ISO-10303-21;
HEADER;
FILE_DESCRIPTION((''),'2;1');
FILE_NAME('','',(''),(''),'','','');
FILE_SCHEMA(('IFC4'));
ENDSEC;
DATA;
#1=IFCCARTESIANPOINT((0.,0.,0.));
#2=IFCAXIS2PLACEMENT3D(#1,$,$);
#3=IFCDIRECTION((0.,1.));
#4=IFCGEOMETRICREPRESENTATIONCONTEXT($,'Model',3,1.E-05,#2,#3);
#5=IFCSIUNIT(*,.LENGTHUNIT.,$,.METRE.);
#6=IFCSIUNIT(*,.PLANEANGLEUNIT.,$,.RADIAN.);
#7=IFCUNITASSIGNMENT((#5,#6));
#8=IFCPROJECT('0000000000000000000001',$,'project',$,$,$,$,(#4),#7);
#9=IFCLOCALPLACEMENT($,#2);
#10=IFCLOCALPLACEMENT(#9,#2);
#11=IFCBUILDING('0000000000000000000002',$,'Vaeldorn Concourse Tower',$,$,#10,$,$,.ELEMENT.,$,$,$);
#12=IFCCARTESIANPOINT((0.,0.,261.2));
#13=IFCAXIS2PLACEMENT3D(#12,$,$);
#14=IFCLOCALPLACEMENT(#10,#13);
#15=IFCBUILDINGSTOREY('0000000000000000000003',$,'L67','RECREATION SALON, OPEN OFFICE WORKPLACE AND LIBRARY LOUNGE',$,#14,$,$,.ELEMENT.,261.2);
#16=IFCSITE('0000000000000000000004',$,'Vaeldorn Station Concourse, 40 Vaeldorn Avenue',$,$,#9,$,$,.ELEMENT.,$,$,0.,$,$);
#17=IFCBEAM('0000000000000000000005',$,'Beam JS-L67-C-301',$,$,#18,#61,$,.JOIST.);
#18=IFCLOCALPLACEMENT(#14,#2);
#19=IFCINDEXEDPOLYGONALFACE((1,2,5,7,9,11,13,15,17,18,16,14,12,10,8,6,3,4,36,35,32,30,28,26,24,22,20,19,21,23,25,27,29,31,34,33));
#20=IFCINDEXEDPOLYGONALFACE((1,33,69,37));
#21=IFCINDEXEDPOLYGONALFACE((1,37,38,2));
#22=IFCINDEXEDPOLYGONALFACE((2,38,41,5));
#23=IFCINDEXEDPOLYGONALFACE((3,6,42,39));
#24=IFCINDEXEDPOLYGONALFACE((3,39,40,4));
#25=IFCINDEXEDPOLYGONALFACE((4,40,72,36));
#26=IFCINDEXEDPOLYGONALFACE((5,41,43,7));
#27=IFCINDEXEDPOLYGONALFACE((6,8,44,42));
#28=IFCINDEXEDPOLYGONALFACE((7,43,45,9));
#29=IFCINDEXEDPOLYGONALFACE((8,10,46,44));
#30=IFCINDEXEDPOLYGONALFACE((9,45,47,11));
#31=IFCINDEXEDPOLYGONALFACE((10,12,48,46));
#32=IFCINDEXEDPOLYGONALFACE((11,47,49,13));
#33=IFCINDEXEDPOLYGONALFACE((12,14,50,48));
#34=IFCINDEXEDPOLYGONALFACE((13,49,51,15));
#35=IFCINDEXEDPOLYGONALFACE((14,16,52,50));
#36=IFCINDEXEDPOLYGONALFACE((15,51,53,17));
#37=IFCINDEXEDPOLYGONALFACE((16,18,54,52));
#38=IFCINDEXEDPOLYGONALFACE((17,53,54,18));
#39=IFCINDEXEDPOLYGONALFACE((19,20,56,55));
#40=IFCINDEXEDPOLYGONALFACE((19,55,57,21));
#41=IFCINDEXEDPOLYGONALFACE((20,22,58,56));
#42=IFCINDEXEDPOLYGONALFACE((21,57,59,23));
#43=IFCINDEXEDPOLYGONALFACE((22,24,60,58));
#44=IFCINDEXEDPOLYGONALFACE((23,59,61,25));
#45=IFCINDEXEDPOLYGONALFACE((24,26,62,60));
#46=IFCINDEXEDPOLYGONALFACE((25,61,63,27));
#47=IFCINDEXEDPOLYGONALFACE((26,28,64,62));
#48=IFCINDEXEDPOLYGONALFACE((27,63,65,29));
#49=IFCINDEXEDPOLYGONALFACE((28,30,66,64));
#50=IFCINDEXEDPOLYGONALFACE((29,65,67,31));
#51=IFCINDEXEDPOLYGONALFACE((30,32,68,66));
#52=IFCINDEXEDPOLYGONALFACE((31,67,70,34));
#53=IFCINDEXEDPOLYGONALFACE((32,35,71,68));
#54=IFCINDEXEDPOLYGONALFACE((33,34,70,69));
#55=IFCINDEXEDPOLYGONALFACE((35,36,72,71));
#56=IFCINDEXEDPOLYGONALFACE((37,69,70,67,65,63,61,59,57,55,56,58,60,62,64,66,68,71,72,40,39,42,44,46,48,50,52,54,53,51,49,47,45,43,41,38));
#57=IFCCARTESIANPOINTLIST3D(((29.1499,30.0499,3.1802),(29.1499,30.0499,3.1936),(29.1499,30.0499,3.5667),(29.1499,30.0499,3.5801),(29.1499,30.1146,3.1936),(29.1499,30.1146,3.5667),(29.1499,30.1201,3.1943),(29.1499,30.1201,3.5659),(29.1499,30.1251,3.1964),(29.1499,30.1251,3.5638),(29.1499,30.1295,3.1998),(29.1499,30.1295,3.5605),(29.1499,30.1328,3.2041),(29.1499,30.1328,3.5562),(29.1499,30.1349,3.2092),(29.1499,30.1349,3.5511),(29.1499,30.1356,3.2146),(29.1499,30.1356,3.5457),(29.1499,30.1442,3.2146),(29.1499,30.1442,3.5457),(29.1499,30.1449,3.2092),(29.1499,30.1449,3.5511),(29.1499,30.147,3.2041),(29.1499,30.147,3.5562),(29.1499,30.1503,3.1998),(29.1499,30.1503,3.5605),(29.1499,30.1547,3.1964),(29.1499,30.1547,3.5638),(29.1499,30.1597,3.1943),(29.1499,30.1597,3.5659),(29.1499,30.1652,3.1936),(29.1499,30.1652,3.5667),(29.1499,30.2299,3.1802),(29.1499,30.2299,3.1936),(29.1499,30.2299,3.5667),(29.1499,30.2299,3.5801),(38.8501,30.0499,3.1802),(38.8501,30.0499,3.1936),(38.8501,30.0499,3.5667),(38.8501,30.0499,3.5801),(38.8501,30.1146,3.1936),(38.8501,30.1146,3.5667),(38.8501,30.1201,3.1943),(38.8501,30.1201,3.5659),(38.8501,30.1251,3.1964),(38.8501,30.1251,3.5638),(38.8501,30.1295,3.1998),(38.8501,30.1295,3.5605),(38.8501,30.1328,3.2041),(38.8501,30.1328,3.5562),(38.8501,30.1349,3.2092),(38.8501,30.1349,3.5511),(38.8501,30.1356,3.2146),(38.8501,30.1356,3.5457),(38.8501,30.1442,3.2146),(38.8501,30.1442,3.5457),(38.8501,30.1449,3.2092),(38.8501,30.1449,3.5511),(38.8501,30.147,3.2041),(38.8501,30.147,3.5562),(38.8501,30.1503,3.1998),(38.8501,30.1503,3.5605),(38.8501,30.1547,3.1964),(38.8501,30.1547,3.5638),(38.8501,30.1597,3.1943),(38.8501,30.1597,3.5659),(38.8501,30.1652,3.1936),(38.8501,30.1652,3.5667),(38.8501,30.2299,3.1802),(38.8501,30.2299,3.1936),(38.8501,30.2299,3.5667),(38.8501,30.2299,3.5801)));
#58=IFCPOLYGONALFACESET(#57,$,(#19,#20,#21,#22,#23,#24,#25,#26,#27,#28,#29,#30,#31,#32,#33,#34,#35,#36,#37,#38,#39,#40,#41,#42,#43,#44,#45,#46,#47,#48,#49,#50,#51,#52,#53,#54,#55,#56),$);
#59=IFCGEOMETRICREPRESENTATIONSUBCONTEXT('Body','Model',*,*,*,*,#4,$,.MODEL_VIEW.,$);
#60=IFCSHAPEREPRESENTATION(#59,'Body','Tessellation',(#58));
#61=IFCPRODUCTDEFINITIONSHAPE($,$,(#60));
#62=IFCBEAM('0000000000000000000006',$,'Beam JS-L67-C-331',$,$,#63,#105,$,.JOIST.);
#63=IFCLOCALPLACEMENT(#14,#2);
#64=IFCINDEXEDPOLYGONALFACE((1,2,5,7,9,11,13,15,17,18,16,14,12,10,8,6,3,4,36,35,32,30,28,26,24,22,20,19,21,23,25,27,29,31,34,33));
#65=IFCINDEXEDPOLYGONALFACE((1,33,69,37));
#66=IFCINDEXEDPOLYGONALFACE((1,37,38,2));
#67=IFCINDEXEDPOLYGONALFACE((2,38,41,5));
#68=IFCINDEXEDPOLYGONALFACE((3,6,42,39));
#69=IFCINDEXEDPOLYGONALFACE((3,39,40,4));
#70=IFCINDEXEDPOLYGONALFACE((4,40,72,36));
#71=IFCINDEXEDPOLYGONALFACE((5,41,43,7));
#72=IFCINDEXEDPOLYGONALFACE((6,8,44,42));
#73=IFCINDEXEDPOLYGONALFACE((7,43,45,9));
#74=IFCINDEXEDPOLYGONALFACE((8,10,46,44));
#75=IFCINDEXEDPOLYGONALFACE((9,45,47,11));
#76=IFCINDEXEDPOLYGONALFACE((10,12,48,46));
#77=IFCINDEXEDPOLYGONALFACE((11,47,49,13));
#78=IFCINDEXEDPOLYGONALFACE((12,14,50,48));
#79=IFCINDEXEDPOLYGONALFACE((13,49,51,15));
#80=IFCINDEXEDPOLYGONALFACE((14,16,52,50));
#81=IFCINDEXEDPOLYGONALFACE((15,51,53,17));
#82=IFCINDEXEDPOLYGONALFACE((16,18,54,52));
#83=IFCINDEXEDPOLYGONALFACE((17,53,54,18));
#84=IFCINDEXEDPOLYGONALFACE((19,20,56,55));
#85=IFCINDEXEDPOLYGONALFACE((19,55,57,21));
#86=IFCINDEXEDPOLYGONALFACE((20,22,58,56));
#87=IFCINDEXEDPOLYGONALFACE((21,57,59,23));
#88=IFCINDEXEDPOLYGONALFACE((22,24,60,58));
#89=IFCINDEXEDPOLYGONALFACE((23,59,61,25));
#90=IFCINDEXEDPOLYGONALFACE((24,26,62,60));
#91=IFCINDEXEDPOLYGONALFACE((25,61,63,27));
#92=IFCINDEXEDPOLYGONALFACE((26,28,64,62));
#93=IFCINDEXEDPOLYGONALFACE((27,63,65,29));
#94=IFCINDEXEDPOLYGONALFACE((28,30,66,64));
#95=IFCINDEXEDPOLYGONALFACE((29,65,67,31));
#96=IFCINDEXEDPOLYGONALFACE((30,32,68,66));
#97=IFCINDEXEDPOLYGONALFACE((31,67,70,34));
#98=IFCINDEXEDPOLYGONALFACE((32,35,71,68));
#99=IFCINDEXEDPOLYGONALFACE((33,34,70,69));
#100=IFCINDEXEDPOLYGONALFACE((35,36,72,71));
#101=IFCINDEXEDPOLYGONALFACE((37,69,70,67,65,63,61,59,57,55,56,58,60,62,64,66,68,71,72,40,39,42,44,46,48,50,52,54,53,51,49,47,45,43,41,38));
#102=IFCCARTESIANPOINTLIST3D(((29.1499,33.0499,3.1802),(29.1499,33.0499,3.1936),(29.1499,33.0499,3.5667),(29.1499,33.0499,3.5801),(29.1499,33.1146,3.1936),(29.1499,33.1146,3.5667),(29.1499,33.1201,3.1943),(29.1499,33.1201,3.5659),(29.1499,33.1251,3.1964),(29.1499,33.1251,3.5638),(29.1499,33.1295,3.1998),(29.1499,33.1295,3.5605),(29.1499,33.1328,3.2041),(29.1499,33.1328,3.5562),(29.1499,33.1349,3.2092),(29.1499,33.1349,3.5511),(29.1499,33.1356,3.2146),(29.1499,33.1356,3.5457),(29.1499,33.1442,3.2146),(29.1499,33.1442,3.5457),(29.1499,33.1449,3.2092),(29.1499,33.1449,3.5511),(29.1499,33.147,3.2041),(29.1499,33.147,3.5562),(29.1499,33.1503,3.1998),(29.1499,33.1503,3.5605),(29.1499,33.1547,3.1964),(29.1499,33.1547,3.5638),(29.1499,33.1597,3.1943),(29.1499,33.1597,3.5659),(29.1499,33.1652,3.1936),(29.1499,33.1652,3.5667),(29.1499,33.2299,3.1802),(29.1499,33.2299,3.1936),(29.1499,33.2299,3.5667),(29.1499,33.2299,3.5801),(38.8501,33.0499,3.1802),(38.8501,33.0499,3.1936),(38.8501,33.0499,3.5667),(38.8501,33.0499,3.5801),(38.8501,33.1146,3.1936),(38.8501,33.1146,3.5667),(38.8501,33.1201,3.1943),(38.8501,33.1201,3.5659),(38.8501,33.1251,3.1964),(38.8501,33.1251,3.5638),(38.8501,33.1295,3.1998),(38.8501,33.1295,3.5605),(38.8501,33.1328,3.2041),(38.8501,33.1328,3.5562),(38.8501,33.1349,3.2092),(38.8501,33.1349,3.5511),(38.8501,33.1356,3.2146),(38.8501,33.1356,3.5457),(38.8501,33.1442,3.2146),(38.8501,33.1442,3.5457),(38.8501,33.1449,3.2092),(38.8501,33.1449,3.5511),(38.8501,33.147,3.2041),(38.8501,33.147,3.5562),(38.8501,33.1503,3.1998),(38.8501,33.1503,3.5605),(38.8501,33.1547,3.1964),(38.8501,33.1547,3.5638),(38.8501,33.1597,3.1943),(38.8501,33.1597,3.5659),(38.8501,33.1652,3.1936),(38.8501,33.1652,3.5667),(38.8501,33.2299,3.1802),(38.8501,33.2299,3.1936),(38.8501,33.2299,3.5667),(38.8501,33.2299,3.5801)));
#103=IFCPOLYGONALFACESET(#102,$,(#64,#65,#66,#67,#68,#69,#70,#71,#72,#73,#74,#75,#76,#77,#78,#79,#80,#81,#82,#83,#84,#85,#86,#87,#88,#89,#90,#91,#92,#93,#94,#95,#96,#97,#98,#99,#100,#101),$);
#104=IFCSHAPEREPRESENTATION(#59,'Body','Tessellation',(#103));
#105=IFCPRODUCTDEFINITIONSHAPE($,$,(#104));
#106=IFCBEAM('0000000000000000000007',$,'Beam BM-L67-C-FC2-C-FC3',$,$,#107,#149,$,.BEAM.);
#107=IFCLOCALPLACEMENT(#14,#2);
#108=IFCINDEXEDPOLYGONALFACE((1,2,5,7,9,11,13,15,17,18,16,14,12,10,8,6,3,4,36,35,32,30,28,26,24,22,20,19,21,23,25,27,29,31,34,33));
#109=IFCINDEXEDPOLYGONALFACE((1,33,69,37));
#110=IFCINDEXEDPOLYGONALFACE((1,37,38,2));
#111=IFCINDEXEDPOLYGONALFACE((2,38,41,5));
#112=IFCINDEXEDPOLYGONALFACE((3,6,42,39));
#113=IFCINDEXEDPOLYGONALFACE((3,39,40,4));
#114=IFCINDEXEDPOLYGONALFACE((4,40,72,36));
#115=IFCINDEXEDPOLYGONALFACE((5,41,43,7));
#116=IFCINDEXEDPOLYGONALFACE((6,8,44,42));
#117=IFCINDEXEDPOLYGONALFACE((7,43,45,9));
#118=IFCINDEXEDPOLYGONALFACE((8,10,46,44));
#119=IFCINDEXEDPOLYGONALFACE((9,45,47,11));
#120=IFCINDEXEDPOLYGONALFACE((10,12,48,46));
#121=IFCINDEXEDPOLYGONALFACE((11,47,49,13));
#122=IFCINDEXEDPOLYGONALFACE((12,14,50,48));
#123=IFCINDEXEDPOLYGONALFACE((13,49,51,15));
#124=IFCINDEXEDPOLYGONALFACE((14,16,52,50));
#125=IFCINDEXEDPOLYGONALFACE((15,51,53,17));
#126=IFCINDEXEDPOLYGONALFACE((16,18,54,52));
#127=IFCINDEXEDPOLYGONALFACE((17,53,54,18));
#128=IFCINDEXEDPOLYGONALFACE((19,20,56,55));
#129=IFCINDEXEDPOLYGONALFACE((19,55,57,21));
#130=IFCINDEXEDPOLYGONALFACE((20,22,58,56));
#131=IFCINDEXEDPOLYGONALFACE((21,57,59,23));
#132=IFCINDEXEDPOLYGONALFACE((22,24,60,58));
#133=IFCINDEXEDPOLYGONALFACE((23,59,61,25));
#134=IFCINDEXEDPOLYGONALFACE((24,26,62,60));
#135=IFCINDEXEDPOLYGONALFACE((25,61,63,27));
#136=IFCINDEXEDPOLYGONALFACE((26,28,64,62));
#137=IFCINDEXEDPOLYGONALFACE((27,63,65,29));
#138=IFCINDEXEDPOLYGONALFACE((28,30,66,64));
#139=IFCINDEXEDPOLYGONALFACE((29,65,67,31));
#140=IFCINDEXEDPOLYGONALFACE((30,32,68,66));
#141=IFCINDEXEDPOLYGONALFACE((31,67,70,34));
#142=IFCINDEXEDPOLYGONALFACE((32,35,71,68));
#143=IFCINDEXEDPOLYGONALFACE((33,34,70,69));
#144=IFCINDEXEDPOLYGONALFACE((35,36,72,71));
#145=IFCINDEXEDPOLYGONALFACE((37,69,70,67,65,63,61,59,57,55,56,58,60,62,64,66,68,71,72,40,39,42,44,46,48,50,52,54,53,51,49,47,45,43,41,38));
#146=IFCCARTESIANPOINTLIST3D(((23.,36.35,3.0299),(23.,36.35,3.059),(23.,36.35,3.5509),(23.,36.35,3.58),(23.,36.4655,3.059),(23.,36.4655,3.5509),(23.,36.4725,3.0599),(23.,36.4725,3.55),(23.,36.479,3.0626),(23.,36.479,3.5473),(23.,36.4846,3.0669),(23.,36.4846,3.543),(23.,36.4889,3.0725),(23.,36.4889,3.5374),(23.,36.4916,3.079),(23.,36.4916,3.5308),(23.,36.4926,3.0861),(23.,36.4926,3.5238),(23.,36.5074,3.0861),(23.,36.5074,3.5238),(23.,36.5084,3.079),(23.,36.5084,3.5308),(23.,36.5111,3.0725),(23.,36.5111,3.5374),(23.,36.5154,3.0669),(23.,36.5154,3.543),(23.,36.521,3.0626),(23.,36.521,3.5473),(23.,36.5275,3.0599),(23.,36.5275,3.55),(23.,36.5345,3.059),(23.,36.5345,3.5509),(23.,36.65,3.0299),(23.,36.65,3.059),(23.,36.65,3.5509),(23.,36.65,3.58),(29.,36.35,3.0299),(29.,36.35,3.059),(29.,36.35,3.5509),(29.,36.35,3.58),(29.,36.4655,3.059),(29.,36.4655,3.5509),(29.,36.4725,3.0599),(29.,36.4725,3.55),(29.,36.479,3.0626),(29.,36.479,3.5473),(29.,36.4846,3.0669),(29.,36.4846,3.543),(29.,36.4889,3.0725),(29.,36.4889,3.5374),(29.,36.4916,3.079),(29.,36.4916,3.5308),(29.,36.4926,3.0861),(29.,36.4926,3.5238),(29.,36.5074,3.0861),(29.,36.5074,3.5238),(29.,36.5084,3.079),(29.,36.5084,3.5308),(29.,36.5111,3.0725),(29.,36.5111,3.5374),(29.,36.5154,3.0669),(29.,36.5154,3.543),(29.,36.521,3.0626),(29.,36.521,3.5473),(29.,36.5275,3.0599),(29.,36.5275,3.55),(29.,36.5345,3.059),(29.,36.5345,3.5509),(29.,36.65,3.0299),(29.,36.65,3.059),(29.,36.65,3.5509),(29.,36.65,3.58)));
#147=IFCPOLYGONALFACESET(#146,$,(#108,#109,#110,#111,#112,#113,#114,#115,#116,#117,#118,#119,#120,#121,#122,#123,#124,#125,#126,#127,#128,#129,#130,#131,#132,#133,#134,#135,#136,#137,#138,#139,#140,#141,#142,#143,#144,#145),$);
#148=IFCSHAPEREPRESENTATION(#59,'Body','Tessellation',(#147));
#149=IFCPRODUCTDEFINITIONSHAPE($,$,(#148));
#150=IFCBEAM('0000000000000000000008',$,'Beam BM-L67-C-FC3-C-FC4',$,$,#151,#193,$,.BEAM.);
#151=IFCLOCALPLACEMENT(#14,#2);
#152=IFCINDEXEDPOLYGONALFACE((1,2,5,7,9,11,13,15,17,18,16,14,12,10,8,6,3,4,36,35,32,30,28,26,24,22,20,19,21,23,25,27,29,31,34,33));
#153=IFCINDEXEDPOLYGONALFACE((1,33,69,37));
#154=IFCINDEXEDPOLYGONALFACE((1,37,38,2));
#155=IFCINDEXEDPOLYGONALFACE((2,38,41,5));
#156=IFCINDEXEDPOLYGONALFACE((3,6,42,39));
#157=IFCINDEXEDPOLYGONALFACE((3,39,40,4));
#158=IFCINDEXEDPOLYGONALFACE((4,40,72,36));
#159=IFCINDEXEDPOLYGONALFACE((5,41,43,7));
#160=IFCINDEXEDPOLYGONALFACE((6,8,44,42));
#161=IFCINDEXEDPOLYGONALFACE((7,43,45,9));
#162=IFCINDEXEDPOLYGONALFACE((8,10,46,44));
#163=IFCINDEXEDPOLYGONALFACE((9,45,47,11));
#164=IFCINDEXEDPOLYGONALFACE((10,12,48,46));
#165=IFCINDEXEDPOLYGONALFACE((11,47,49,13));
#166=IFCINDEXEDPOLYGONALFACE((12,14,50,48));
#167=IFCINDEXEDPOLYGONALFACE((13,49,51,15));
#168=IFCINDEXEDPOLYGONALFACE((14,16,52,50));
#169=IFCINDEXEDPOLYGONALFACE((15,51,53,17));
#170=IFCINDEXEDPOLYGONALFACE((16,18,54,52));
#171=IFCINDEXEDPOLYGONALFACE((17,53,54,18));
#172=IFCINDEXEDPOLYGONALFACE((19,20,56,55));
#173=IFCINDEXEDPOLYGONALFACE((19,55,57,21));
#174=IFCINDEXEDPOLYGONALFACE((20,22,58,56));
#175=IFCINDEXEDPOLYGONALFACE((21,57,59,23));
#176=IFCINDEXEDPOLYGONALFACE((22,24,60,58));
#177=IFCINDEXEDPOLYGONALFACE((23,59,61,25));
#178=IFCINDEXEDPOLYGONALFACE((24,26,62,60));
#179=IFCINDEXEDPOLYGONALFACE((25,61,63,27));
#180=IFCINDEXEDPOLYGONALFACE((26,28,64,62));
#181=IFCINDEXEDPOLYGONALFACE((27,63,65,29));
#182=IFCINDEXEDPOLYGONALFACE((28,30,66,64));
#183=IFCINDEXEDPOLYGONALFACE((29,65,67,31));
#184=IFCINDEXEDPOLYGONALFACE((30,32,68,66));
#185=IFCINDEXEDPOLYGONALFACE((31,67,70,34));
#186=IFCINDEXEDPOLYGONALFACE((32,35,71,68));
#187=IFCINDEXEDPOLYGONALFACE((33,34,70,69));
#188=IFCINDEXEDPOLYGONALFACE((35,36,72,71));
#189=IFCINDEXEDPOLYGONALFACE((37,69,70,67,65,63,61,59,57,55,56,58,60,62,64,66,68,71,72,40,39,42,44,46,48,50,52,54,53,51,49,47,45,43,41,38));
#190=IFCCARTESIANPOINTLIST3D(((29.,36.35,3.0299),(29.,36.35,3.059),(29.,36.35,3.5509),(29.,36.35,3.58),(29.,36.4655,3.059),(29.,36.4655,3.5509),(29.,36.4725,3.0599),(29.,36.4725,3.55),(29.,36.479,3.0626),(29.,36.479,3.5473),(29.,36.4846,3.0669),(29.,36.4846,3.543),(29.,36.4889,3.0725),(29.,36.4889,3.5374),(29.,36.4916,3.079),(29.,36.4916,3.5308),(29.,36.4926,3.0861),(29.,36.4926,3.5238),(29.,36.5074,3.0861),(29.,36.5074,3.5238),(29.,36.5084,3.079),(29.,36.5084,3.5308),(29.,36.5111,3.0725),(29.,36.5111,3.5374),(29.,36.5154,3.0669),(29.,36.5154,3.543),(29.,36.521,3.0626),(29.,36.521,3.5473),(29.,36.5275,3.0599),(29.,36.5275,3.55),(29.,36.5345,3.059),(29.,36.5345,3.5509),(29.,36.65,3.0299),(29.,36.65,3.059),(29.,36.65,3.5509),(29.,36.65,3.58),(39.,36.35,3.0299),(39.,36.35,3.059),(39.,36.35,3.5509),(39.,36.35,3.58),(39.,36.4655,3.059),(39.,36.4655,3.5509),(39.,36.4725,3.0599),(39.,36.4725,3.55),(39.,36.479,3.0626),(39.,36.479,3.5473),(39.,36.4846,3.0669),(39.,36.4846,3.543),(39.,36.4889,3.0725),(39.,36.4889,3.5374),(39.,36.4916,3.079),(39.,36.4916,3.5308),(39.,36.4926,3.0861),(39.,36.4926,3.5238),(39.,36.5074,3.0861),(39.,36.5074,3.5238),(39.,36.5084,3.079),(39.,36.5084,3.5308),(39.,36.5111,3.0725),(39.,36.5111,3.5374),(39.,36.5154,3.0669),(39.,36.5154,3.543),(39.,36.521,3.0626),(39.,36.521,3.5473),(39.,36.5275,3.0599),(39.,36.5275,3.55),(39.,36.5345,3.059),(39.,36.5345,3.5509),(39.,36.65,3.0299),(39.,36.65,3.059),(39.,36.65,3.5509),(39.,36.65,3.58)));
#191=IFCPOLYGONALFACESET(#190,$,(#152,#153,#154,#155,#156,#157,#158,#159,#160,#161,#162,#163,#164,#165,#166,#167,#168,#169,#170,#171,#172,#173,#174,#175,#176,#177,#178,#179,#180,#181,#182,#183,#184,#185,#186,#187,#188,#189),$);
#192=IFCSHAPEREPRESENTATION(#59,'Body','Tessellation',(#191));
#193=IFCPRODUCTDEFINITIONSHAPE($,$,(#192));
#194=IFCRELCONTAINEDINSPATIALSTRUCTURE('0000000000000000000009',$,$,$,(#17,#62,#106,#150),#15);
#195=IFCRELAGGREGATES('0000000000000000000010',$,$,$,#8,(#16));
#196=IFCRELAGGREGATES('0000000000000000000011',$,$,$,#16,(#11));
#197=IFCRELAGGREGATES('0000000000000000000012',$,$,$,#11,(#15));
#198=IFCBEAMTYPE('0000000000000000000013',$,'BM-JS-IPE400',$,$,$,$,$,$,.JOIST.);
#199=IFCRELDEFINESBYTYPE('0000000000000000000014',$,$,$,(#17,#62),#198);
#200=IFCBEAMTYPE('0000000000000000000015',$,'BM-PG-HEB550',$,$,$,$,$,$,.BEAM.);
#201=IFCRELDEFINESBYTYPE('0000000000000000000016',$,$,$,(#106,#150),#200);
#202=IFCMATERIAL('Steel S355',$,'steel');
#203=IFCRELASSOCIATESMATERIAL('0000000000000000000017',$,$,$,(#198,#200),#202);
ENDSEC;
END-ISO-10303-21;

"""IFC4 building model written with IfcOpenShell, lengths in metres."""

from ifc_helpers import new_model, si_unit, direction, frame, origin, origin_2d, place, context, subcontext, project, spatial, i_section, extrude, source, transform, mapped, material, material_profile, profile_set, type_object, element, save


model = new_model("IFC4")

# Units and contexts
model_context = context("Model", 3, precision=1e-05, world=origin(), true_north=direction((0.0, 1.0)))
body_context = subcontext(model_context, "Body", "Model", "MODEL_VIEW")
ifc_project = project(units=[si_unit("LENGTHUNIT", "METRE"), si_unit("PLANEANGLEUNIT", "RADIAN")], contexts=[model_context])

# Site, building, storey
site_placement = place(None, origin())
site = spatial("IfcSite", under=ifc_project, at=site_placement, Name="Vaeldorn Station Concourse, 40 Vaeldorn Avenue", CompositionType="ELEMENT", RefElevation=0.0)
building_placement = place(site_placement, origin())
building = spatial("IfcBuilding", under=site, at=building_placement, Name="Vaeldorn Concourse Tower", CompositionType="ELEMENT")
storey_placement = place(building_placement, frame((0.0, 0.0, 261.2)))
storey = spatial("IfcBuildingStorey", under=building, at=storey_placement, Name="L67", Description="RECREATION SALON, OPEN OFFICE WORKPLACE AND LIBRARY LOUNGE", CompositionType="ELEMENT", Elevation=261.2)

# Beams
ifc_material_1 = material(Name="Steel S355", Category="steel")
ifc_material_profile_1 = material_profile(ifc_material_1, i_section(OverallWidth=0.1799, OverallDepth=0.3999, WebThickness=0.0085, FlangeThickness=0.0134, FilletRadius=0.021, at=origin_2d()), Name="IPE 400")
ifc_profile_set_1 = profile_set([ifc_material_profile_1], Name="Steel S355")
beam_type_1 = type_object("IfcBeamType", Name="BM-JS-IPE400", PredefinedType="JOIST", material=ifc_profile_set_1)
shared_shape_1 = source(origin(), body_context, "Body", "SweptSolid", [
    extrude(i_section(OverallWidth=0.1799, OverallDepth=0.3999, WebThickness=0.0085, FlangeThickness=0.0134, FilletRadius=0.021, at=origin_2d()), origin(), (0.0, 0.0, 1.0), 9.7002),
])
for number, where, z_axis, x_axis, name in (
    (1, (29.1499, 30.1399, 3.3801), (1.0, 0.0, 0.0), (0.0, 1.0, 0.0), "Beam JS-L67-C-301"),
    (2, (29.1499, 33.1399, 3.3801), (1.0, 0.0, 0.0), (0.0, 1.0, 0.0), "Beam JS-L67-C-331"),
):
    element("IfcBeam", number, at=place(storey_placement, frame(where, z_axis=z_axis, x_axis=x_axis)), inside=storey, type_object=beam_type_1, Name=name, PredefinedType="JOIST", context=body_context, shape_type="MappedRepresentation", body=[
        mapped(shared_shape_1, transform((0.0, 0.0, 0.0), scale=1.0)),
    ])
ifc_material_profile_2 = material_profile(ifc_material_1, i_section(OverallWidth=0.3, OverallDepth=0.55, WebThickness=0.0149, FlangeThickness=0.0291, FilletRadius=0.0271, at=origin_2d()), Name="HEB 550")
ifc_profile_set_2 = profile_set([ifc_material_profile_2], Name="Steel S355")
beam_type_2 = type_object("IfcBeamType", Name="BM-PG-HEB550", PredefinedType="BEAM", material=ifc_profile_set_2)
shared_shape_2 = source(origin(), body_context, "Body", "SweptSolid", [
    extrude(i_section(OverallWidth=0.3, OverallDepth=0.55, WebThickness=0.0149, FlangeThickness=0.0291, FilletRadius=0.0271, at=origin_2d()), origin(), (0.0, 0.0, 1.0), 6.0),
])
beam_1_placement = place(storey_placement, frame((23.0, 36.5, 3.3049), z_axis=(1.0, 0.0, 0.0), x_axis=(0.0, 1.0, 0.0)))
element("IfcBeam", 3, at=beam_1_placement, inside=storey, type_object=beam_type_2, Name="Beam BM-L67-C-FC2-C-FC3", PredefinedType="BEAM", context=body_context, shape_type="MappedRepresentation", body=[
    mapped(shared_shape_2, transform((0.0, 0.0, 0.0), scale=1.0)),
])
shared_shape_3 = source(origin(), body_context, "Body", "SweptSolid", [
    extrude(i_section(OverallWidth=0.3, OverallDepth=0.55, WebThickness=0.0149, FlangeThickness=0.0291, FilletRadius=0.0271, at=origin_2d()), origin(), (0.0, 0.0, 1.0), 10.0),
])
beam_2_placement = place(storey_placement, frame((29.0, 36.5, 3.3049), z_axis=(1.0, 0.0, 0.0), x_axis=(0.0, 1.0, 0.0)))
element("IfcBeam", 4, at=beam_2_placement, inside=storey, type_object=beam_type_2, Name="Beam BM-L67-C-FC3-C-FC4", PredefinedType="BEAM", context=body_context, shape_type="MappedRepresentation", body=[
    mapped(shared_shape_3, transform((0.0, 0.0, 0.0), scale=1.0)),
])

save(model, "model.ifc")
